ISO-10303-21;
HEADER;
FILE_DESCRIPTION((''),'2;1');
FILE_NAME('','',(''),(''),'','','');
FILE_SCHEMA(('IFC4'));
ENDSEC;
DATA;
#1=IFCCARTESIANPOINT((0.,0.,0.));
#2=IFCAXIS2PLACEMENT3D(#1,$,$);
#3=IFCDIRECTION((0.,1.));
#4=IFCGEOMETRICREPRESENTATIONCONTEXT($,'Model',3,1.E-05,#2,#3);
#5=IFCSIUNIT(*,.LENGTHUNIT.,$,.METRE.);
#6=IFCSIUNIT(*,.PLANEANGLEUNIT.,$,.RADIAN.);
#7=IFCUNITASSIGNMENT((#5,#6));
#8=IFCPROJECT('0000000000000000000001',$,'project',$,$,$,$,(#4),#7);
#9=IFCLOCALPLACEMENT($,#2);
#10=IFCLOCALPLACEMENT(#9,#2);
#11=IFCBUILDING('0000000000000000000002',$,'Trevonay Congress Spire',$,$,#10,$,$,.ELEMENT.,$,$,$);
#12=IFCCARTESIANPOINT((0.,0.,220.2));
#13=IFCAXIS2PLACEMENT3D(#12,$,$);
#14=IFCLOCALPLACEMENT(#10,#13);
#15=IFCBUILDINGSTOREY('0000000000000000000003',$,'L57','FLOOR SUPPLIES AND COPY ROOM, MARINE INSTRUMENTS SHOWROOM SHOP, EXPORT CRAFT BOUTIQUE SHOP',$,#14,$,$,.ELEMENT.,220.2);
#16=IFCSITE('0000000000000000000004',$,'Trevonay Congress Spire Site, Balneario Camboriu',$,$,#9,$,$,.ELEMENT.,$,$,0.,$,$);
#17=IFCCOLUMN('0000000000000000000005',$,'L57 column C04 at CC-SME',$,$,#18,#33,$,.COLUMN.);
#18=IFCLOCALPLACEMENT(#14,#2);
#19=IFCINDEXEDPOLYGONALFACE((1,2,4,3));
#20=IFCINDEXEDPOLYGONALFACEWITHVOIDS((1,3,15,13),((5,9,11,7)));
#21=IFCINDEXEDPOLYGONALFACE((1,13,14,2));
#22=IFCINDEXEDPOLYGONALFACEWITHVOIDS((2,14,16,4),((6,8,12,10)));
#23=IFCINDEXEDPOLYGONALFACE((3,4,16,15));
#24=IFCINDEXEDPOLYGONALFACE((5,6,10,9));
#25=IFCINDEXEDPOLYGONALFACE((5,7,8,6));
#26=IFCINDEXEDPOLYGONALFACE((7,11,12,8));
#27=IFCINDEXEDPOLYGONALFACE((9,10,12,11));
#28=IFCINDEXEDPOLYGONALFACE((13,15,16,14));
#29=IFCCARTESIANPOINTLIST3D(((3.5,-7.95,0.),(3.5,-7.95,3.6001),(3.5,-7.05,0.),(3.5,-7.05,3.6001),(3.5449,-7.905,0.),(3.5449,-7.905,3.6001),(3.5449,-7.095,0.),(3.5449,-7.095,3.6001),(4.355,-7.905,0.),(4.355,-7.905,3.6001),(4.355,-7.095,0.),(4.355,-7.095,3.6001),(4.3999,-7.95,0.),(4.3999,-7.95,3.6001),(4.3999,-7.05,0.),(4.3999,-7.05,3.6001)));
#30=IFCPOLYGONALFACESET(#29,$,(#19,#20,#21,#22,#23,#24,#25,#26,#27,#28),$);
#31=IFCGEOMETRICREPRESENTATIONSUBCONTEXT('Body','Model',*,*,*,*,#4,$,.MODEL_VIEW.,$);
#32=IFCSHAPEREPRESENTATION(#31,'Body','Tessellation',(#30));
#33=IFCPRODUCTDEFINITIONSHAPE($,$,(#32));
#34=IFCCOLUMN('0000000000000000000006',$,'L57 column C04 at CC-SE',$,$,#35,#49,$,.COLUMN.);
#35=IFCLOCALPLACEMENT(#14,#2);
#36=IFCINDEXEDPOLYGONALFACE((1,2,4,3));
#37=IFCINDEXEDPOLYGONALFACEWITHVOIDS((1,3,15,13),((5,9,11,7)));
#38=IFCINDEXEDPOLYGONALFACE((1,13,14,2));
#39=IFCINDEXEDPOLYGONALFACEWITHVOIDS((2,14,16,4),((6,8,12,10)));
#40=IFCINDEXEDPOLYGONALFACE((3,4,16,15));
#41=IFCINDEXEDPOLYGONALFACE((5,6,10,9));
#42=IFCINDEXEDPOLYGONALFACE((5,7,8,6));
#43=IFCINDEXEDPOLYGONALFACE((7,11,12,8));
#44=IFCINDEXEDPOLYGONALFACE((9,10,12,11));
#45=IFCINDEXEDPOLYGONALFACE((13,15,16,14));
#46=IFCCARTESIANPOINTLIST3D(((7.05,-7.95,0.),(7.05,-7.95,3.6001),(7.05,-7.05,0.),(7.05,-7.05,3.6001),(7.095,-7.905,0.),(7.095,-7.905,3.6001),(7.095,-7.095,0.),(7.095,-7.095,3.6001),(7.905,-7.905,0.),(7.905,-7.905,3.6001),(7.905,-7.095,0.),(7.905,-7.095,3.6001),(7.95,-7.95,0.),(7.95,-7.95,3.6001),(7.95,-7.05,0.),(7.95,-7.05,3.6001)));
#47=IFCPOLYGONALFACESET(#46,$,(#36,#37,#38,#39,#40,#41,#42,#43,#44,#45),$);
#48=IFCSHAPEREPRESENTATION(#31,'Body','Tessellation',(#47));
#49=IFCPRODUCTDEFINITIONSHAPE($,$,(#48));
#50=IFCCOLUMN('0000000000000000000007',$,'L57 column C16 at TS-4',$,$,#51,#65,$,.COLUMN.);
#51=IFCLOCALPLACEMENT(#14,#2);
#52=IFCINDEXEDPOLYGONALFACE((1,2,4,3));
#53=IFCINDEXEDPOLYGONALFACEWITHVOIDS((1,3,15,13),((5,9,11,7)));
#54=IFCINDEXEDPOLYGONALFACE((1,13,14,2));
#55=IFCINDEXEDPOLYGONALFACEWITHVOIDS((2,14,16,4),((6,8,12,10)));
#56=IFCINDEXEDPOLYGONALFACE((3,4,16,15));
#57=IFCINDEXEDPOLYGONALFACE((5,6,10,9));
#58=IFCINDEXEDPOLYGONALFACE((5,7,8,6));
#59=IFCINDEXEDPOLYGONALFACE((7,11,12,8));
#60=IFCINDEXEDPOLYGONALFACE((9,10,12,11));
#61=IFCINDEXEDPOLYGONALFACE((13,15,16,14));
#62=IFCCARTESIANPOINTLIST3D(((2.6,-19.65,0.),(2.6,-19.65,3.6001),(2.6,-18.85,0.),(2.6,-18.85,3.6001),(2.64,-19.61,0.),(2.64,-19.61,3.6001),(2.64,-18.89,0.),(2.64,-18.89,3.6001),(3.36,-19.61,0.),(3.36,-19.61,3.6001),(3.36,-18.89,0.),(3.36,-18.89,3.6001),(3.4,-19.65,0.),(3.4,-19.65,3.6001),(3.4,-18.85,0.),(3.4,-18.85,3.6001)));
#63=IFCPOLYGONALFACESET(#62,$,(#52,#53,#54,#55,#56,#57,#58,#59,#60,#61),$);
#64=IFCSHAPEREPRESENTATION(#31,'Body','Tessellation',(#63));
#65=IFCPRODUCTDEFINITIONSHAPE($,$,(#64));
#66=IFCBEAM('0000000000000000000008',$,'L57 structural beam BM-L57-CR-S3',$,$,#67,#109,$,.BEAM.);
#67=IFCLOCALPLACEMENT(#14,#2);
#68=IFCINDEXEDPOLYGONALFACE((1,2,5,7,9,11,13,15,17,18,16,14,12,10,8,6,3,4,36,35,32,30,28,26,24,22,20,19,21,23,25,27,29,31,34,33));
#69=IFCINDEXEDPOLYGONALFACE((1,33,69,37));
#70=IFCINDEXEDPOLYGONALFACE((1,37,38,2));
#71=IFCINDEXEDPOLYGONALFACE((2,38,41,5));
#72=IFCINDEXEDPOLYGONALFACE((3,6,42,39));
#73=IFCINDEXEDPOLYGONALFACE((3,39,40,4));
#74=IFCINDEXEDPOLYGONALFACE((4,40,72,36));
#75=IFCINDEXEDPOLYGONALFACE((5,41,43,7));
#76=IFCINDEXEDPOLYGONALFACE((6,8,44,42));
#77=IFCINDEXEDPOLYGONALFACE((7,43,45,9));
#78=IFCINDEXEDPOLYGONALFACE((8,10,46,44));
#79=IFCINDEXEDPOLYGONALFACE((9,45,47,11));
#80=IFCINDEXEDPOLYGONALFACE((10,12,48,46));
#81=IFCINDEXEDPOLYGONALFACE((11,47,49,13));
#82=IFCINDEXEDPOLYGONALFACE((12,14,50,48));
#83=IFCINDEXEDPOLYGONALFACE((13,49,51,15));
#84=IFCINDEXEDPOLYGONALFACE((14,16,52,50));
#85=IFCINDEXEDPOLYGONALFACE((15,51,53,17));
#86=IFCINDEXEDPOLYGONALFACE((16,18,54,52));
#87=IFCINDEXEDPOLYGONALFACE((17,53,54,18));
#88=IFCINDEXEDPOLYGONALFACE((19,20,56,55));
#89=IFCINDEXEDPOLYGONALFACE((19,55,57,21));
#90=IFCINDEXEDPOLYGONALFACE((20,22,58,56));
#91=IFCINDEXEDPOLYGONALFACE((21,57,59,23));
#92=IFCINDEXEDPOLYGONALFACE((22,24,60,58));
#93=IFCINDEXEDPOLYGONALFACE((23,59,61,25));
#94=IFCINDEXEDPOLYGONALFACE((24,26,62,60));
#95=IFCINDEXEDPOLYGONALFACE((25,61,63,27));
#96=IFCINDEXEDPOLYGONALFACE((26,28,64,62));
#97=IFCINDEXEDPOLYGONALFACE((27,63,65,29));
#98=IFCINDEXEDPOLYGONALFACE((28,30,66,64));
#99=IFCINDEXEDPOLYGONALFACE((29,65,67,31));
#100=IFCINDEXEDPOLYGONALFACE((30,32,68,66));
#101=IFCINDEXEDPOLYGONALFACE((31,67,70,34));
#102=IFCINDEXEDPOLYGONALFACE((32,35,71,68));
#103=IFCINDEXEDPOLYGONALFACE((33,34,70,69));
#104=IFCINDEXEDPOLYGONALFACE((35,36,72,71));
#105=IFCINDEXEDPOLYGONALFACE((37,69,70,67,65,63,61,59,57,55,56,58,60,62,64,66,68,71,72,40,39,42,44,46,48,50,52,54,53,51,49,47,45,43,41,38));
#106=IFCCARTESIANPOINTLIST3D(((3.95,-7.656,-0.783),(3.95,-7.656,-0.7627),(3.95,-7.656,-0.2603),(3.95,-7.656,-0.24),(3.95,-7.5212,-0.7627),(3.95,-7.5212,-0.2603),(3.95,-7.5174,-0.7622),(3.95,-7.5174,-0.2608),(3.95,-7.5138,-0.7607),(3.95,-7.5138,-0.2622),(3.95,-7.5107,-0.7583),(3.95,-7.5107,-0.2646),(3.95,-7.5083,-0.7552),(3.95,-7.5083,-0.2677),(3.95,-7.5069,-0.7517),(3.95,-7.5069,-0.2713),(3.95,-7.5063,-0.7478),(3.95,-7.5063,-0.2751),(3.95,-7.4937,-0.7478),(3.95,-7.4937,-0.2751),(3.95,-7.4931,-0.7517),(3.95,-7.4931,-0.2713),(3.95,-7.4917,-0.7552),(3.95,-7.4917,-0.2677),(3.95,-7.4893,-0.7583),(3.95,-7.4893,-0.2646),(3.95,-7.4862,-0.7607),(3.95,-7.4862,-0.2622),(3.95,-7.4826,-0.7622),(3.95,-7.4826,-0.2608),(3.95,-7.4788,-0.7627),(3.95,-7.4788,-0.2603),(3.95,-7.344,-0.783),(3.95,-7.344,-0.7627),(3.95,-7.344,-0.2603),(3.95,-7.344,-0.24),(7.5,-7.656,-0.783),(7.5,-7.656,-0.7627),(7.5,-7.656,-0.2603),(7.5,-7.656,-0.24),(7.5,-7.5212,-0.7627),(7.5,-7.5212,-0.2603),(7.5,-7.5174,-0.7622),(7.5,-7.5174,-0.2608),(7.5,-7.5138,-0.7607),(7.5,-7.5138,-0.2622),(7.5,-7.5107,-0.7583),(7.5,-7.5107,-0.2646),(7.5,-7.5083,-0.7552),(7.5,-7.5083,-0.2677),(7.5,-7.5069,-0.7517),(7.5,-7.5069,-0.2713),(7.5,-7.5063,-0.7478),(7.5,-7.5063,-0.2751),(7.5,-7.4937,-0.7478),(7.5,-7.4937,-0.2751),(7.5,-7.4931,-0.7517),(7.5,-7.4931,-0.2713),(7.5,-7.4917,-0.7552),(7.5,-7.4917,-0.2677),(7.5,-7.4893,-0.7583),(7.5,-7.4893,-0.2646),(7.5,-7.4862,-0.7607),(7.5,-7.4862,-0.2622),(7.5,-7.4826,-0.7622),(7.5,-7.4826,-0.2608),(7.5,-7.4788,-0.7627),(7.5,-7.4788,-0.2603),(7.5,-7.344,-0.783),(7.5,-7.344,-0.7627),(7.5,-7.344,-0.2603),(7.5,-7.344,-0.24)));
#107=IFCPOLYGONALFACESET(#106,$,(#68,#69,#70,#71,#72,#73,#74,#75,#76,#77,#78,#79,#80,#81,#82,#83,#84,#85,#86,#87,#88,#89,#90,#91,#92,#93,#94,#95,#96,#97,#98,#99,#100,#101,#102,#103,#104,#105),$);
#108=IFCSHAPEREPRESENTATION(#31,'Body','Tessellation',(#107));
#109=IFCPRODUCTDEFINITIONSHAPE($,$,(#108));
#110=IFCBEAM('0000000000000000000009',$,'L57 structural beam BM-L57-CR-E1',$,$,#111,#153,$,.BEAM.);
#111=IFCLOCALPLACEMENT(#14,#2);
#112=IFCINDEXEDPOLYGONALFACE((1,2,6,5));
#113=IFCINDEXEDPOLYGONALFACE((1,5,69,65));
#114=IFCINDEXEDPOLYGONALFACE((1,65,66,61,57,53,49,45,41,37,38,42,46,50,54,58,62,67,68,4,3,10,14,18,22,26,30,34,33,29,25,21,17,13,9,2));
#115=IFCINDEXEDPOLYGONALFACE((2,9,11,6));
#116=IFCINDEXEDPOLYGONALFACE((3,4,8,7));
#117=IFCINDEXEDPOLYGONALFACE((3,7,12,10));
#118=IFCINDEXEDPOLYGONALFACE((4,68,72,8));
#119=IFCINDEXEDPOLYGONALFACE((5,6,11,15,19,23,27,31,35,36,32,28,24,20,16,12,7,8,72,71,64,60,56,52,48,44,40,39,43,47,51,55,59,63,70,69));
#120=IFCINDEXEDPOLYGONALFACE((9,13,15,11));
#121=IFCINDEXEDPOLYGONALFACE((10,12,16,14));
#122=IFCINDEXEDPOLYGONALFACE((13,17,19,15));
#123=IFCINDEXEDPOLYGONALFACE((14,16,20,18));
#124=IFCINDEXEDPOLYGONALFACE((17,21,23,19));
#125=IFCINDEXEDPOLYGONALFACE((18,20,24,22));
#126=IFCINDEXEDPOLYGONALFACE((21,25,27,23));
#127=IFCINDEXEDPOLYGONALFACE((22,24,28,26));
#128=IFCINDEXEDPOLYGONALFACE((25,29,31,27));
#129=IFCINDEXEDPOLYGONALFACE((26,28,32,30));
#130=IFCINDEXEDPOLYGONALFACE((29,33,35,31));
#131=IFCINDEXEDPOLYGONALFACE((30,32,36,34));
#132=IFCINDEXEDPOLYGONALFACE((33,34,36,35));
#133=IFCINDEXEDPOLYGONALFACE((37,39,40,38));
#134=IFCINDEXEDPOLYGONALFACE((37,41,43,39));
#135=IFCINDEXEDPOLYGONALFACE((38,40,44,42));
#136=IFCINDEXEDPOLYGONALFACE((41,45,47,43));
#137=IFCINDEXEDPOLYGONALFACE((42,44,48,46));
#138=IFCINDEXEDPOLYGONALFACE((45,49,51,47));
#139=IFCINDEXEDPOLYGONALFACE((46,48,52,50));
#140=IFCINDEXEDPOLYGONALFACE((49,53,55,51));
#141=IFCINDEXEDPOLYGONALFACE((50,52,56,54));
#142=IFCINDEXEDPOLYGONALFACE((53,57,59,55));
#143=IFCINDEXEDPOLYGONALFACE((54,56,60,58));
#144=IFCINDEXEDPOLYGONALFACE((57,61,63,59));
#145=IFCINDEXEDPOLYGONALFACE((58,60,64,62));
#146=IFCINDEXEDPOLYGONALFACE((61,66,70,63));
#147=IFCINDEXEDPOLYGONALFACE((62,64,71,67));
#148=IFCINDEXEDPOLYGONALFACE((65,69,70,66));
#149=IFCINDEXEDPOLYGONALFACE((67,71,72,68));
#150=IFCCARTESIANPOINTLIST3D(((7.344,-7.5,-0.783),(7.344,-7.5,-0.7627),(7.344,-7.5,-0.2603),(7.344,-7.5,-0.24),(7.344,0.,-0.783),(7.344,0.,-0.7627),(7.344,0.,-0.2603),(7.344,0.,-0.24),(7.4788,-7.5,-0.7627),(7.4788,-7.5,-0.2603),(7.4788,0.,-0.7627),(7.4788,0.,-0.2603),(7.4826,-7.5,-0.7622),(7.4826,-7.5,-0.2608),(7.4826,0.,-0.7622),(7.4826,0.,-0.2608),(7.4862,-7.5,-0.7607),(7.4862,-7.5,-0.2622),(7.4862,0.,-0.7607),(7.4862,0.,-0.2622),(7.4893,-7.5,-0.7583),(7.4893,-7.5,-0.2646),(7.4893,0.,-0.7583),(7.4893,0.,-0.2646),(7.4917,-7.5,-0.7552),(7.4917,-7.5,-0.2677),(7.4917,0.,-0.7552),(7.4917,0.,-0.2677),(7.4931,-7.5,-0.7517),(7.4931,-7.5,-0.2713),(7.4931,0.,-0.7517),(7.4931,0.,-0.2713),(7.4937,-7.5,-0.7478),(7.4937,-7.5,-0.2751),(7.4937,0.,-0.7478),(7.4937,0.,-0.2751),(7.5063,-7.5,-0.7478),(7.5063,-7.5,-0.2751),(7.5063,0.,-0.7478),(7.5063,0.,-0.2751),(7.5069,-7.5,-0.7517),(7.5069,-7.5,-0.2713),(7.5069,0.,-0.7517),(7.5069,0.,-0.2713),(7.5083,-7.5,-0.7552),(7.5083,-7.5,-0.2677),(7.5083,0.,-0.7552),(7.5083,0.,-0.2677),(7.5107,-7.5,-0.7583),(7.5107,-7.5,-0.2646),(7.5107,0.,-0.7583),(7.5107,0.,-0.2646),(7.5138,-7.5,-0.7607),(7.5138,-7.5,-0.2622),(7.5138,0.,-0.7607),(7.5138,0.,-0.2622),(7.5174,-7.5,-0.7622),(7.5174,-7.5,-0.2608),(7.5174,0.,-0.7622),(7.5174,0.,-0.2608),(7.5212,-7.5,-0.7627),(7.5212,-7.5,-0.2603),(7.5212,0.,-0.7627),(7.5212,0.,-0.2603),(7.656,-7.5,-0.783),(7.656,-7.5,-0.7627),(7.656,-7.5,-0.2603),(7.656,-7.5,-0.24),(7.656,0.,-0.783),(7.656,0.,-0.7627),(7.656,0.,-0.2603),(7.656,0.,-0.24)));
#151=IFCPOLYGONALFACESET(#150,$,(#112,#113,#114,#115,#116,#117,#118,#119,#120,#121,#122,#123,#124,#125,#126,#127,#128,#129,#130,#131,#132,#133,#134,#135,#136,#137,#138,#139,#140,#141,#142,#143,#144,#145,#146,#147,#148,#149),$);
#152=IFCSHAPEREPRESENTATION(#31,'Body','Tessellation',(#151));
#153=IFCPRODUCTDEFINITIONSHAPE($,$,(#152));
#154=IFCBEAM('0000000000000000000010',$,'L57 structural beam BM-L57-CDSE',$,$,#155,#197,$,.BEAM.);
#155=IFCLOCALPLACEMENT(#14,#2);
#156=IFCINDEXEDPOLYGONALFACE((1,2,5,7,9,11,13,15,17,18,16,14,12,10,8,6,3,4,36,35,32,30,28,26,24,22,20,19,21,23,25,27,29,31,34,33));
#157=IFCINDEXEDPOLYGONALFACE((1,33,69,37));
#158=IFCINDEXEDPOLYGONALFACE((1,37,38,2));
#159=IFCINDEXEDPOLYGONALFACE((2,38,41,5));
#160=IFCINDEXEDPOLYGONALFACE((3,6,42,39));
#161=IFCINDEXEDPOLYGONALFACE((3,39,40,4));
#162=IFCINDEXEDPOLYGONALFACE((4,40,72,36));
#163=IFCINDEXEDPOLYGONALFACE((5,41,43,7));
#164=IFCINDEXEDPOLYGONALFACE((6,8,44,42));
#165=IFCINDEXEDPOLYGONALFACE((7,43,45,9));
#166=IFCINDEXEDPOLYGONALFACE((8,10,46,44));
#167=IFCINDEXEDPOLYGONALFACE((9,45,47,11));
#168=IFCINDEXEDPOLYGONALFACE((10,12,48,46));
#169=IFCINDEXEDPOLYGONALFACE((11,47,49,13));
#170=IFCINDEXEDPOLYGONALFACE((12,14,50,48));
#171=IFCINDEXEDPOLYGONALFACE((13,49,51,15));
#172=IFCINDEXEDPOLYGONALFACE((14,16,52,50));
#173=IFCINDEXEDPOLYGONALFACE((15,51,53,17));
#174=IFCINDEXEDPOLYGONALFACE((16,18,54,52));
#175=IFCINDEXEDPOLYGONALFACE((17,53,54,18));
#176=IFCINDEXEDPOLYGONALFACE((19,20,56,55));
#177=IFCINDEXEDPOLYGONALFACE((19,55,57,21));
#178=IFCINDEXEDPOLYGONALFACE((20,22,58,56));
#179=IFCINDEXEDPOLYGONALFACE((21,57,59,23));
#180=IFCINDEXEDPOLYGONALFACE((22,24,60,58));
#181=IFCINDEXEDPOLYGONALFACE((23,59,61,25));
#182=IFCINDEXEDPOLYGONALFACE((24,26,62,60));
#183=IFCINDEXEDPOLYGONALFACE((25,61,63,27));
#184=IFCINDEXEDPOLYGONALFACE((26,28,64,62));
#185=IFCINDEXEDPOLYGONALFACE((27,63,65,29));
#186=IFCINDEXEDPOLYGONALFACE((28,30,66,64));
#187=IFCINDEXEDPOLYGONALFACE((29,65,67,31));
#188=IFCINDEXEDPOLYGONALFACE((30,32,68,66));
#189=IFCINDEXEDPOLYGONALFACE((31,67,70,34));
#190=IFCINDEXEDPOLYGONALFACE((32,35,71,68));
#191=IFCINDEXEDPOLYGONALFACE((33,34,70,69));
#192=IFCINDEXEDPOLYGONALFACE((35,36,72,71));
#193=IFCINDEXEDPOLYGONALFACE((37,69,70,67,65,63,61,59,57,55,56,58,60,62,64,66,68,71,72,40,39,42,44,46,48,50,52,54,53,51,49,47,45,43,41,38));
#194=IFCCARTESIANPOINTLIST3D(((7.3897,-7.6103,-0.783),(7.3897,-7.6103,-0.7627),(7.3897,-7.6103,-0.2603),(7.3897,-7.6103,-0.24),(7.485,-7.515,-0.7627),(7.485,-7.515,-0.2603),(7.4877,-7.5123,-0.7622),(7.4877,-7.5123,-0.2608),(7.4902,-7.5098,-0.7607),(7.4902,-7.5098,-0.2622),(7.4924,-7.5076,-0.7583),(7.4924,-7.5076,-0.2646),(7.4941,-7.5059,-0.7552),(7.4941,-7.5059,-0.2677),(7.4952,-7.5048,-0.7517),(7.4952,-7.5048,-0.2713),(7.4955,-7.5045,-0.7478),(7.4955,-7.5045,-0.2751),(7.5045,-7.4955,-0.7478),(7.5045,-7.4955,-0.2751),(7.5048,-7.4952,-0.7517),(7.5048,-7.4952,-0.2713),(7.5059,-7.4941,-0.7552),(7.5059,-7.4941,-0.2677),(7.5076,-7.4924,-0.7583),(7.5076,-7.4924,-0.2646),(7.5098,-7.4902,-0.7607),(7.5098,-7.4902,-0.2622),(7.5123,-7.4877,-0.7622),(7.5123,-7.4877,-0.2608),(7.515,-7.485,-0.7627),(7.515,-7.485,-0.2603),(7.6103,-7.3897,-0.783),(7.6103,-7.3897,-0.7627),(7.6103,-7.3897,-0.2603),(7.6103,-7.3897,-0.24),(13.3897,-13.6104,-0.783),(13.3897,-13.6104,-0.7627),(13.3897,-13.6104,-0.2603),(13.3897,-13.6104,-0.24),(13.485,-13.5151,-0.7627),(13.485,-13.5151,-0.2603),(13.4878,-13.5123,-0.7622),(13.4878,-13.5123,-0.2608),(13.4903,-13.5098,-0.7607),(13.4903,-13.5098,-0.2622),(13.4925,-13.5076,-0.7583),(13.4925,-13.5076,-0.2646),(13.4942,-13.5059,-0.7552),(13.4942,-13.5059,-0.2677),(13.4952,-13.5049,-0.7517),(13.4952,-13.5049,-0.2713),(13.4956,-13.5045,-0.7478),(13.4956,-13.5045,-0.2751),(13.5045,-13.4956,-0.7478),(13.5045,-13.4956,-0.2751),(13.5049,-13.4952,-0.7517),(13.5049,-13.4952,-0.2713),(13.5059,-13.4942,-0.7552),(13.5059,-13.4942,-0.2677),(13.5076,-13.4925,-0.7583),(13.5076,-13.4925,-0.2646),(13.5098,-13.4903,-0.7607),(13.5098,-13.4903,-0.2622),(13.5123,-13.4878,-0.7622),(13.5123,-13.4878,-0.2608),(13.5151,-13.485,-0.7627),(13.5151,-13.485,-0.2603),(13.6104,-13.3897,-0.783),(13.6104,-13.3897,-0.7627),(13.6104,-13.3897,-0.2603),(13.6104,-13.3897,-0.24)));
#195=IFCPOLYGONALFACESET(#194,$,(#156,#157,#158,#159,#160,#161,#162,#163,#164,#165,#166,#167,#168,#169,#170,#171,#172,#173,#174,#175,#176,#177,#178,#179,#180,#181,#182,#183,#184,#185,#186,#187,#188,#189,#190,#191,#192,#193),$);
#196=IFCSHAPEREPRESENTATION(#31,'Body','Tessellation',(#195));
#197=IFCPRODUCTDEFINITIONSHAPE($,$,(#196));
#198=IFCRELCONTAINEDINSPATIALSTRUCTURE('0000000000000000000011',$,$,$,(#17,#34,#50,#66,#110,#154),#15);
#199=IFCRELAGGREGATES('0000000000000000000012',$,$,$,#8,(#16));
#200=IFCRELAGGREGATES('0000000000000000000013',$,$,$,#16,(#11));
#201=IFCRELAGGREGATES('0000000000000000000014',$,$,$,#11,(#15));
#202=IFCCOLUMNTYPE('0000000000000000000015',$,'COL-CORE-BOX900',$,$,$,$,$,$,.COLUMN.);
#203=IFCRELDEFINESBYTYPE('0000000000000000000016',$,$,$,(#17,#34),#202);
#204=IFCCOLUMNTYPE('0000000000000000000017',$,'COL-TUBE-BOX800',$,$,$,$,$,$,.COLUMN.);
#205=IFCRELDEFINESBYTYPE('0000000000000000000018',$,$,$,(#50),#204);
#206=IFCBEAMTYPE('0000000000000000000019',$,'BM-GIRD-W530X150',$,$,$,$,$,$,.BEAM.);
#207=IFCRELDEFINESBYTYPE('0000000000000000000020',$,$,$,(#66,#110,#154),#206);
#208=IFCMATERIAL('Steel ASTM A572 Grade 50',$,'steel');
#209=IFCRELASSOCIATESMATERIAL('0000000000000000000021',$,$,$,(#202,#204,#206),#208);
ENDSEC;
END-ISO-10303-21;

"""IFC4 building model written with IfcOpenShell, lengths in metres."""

from ifc_helpers import new_model, si_unit, direction, frame, origin, origin_2d, place, context, subcontext, project, spatial, hollow_rectangle, i_section, extrude, material, material_profile, profile_set, type_object, element, save


model = new_model("IFC4")

# Units and contexts
model_context = context("Model", 3, precision=1e-05, world=origin(), true_north=direction((0.0, 1.0)))
body_context = subcontext(model_context, "Body", "Model", "MODEL_VIEW")
ifc_project = project(units=[si_unit("LENGTHUNIT", "METRE"), si_unit("PLANEANGLEUNIT", "RADIAN")], contexts=[model_context])

# Site, building, storey
site_placement = place(None, origin())
site = spatial("IfcSite", under=ifc_project, at=site_placement, Name="Trevonay Congress Spire Site, Balneario Camboriu", CompositionType="ELEMENT", RefElevation=0.0)
building_placement = place(site_placement, origin())
building = spatial("IfcBuilding", under=site, at=building_placement, Name="Trevonay Congress Spire", CompositionType="ELEMENT")
storey_placement = place(building_placement, frame((0.0, 0.0, 220.2)))
storey = spatial("IfcBuildingStorey", under=building, at=storey_placement, Name="L57", Description="FLOOR SUPPLIES AND COPY ROOM, MARINE INSTRUMENTS SHOWROOM SHOP, EXPORT CRAFT BOUTIQUE SHOP", CompositionType="ELEMENT", Elevation=220.2)

# Columns
ifc_material_1 = material(Name="Steel ASTM A572 Grade 50", Category="steel")
ifc_material_profile_1 = material_profile(ifc_material_1, hollow_rectangle(XDim=0.8999, YDim=0.8999, WallThickness=0.0449, at=origin_2d()), Name="BOX 900x900x45")
ifc_profile_set_1 = profile_set([ifc_material_profile_1], Name="Steel ASTM A572 Grade 50")
column_type_1 = type_object("IfcColumnType", Name="COL-CORE-BOX900", PredefinedType="COLUMN", material=ifc_profile_set_1)
for number, where, z_axis, x_axis, name in (
    (1, (3.95, -7.5, 0.0), (0.0, 0.0, 1.0), (1.0, 0.0, 0.0), "L57 column C04 at CC-SME"),
    (2, (7.5, -7.5, 0.0), (0.0, 0.0, 1.0), (1.0, 0.0, 0.0), "L57 column C04 at CC-SE"),
):
    element("IfcColumn", number, at=place(storey_placement, frame(where, z_axis=z_axis, x_axis=x_axis)), inside=storey, type_object=column_type_1, Name=name, PredefinedType="COLUMN", context=body_context, shape_type="SweptSolid", body=[
        extrude(hollow_rectangle(XDim=0.8999, YDim=0.8999, WallThickness=0.0449, at=origin_2d()), origin(), (0.0, 0.0, 1.0), 3.6001),
    ])
ifc_material_profile_2 = material_profile(ifc_material_1, hollow_rectangle(XDim=0.8, YDim=0.8, WallThickness=0.04, at=origin_2d()), Name="BOX 800x800x40")
ifc_profile_set_2 = profile_set([ifc_material_profile_2], Name="Steel ASTM A572 Grade 50")
column_type_2 = type_object("IfcColumnType", Name="COL-TUBE-BOX800", PredefinedType="COLUMN", material=ifc_profile_set_2)
column_placement = place(storey_placement, frame((3.0, -19.25, 0.0), z_axis=(0.0, 0.0, 1.0), x_axis=(1.0, 0.0, 0.0)))
element("IfcColumn", 3, at=column_placement, inside=storey, type_object=column_type_2, Name="L57 column C16 at TS-4", PredefinedType="COLUMN", context=body_context, shape_type="SweptSolid", body=[
    extrude(hollow_rectangle(XDim=0.8, YDim=0.8, WallThickness=0.04, at=origin_2d()), origin(), (0.0, 0.0, 1.0), 3.6001),
])

# Beams
ifc_material_profile_3 = material_profile(ifc_material_1, i_section(OverallWidth=0.312, OverallDepth=0.543, WebThickness=0.0127, FlangeThickness=0.0203, FilletRadius=0.0149, at=origin_2d()), Name="W530x150")
ifc_profile_set_3 = profile_set([ifc_material_profile_3], Name="Steel ASTM A572 Grade 50")
beam_type_1 = type_object("IfcBeamType", Name="BM-GIRD-W530X150", PredefinedType="BEAM", material=ifc_profile_set_3)
beam_1_placement = place(storey_placement, frame((3.95, -7.5, -0.5115), z_axis=(1.0, 0.0, 0.0), x_axis=(0.0, 1.0, 0.0)))
element("IfcBeam", 4, at=beam_1_placement, inside=storey, type_object=beam_type_1, Name="L57 structural beam BM-L57-CR-S3", PredefinedType="BEAM", context=body_context, shape_type="SweptSolid", body=[
    extrude(i_section(OverallWidth=0.312, OverallDepth=0.543, WebThickness=0.0127, FlangeThickness=0.0203, FilletRadius=0.0149, at=origin_2d()), origin(), (0.0, 0.0, 1.0), 3.55),
])
beam_2_placement = place(storey_placement, frame((7.5, -7.5, -0.5115), z_axis=(0.0, 1.0, 0.0), x_axis=(-1.0, 0.0, 0.0)))
element("IfcBeam", 5, at=beam_2_placement, inside=storey, type_object=beam_type_1, Name="L57 structural beam BM-L57-CR-E1", PredefinedType="BEAM", context=body_context, shape_type="SweptSolid", body=[
    extrude(i_section(OverallWidth=0.312, OverallDepth=0.543, WebThickness=0.0127, FlangeThickness=0.0203, FilletRadius=0.0149, at=origin_2d()), origin(), (0.0, 0.0, 1.0), 7.5),
])
beam_3_placement = place(storey_placement, frame((7.5, -7.5, -0.5115), z_axis=(0.707107, -0.707107, 0.0), x_axis=(0.707107, 0.707107, 0.0)))
element("IfcBeam", 6, at=beam_3_placement, inside=storey, type_object=beam_type_1, Name="L57 structural beam BM-L57-CDSE", PredefinedType="BEAM", context=body_context, shape_type="SweptSolid", body=[
    extrude(i_section(OverallWidth=0.312, OverallDepth=0.543, WebThickness=0.0127, FlangeThickness=0.0203, FilletRadius=0.0149, at=origin_2d()), origin(), (0.0, 0.0, 1.0), 8.4854),
])

save(model, "model.ifc")
